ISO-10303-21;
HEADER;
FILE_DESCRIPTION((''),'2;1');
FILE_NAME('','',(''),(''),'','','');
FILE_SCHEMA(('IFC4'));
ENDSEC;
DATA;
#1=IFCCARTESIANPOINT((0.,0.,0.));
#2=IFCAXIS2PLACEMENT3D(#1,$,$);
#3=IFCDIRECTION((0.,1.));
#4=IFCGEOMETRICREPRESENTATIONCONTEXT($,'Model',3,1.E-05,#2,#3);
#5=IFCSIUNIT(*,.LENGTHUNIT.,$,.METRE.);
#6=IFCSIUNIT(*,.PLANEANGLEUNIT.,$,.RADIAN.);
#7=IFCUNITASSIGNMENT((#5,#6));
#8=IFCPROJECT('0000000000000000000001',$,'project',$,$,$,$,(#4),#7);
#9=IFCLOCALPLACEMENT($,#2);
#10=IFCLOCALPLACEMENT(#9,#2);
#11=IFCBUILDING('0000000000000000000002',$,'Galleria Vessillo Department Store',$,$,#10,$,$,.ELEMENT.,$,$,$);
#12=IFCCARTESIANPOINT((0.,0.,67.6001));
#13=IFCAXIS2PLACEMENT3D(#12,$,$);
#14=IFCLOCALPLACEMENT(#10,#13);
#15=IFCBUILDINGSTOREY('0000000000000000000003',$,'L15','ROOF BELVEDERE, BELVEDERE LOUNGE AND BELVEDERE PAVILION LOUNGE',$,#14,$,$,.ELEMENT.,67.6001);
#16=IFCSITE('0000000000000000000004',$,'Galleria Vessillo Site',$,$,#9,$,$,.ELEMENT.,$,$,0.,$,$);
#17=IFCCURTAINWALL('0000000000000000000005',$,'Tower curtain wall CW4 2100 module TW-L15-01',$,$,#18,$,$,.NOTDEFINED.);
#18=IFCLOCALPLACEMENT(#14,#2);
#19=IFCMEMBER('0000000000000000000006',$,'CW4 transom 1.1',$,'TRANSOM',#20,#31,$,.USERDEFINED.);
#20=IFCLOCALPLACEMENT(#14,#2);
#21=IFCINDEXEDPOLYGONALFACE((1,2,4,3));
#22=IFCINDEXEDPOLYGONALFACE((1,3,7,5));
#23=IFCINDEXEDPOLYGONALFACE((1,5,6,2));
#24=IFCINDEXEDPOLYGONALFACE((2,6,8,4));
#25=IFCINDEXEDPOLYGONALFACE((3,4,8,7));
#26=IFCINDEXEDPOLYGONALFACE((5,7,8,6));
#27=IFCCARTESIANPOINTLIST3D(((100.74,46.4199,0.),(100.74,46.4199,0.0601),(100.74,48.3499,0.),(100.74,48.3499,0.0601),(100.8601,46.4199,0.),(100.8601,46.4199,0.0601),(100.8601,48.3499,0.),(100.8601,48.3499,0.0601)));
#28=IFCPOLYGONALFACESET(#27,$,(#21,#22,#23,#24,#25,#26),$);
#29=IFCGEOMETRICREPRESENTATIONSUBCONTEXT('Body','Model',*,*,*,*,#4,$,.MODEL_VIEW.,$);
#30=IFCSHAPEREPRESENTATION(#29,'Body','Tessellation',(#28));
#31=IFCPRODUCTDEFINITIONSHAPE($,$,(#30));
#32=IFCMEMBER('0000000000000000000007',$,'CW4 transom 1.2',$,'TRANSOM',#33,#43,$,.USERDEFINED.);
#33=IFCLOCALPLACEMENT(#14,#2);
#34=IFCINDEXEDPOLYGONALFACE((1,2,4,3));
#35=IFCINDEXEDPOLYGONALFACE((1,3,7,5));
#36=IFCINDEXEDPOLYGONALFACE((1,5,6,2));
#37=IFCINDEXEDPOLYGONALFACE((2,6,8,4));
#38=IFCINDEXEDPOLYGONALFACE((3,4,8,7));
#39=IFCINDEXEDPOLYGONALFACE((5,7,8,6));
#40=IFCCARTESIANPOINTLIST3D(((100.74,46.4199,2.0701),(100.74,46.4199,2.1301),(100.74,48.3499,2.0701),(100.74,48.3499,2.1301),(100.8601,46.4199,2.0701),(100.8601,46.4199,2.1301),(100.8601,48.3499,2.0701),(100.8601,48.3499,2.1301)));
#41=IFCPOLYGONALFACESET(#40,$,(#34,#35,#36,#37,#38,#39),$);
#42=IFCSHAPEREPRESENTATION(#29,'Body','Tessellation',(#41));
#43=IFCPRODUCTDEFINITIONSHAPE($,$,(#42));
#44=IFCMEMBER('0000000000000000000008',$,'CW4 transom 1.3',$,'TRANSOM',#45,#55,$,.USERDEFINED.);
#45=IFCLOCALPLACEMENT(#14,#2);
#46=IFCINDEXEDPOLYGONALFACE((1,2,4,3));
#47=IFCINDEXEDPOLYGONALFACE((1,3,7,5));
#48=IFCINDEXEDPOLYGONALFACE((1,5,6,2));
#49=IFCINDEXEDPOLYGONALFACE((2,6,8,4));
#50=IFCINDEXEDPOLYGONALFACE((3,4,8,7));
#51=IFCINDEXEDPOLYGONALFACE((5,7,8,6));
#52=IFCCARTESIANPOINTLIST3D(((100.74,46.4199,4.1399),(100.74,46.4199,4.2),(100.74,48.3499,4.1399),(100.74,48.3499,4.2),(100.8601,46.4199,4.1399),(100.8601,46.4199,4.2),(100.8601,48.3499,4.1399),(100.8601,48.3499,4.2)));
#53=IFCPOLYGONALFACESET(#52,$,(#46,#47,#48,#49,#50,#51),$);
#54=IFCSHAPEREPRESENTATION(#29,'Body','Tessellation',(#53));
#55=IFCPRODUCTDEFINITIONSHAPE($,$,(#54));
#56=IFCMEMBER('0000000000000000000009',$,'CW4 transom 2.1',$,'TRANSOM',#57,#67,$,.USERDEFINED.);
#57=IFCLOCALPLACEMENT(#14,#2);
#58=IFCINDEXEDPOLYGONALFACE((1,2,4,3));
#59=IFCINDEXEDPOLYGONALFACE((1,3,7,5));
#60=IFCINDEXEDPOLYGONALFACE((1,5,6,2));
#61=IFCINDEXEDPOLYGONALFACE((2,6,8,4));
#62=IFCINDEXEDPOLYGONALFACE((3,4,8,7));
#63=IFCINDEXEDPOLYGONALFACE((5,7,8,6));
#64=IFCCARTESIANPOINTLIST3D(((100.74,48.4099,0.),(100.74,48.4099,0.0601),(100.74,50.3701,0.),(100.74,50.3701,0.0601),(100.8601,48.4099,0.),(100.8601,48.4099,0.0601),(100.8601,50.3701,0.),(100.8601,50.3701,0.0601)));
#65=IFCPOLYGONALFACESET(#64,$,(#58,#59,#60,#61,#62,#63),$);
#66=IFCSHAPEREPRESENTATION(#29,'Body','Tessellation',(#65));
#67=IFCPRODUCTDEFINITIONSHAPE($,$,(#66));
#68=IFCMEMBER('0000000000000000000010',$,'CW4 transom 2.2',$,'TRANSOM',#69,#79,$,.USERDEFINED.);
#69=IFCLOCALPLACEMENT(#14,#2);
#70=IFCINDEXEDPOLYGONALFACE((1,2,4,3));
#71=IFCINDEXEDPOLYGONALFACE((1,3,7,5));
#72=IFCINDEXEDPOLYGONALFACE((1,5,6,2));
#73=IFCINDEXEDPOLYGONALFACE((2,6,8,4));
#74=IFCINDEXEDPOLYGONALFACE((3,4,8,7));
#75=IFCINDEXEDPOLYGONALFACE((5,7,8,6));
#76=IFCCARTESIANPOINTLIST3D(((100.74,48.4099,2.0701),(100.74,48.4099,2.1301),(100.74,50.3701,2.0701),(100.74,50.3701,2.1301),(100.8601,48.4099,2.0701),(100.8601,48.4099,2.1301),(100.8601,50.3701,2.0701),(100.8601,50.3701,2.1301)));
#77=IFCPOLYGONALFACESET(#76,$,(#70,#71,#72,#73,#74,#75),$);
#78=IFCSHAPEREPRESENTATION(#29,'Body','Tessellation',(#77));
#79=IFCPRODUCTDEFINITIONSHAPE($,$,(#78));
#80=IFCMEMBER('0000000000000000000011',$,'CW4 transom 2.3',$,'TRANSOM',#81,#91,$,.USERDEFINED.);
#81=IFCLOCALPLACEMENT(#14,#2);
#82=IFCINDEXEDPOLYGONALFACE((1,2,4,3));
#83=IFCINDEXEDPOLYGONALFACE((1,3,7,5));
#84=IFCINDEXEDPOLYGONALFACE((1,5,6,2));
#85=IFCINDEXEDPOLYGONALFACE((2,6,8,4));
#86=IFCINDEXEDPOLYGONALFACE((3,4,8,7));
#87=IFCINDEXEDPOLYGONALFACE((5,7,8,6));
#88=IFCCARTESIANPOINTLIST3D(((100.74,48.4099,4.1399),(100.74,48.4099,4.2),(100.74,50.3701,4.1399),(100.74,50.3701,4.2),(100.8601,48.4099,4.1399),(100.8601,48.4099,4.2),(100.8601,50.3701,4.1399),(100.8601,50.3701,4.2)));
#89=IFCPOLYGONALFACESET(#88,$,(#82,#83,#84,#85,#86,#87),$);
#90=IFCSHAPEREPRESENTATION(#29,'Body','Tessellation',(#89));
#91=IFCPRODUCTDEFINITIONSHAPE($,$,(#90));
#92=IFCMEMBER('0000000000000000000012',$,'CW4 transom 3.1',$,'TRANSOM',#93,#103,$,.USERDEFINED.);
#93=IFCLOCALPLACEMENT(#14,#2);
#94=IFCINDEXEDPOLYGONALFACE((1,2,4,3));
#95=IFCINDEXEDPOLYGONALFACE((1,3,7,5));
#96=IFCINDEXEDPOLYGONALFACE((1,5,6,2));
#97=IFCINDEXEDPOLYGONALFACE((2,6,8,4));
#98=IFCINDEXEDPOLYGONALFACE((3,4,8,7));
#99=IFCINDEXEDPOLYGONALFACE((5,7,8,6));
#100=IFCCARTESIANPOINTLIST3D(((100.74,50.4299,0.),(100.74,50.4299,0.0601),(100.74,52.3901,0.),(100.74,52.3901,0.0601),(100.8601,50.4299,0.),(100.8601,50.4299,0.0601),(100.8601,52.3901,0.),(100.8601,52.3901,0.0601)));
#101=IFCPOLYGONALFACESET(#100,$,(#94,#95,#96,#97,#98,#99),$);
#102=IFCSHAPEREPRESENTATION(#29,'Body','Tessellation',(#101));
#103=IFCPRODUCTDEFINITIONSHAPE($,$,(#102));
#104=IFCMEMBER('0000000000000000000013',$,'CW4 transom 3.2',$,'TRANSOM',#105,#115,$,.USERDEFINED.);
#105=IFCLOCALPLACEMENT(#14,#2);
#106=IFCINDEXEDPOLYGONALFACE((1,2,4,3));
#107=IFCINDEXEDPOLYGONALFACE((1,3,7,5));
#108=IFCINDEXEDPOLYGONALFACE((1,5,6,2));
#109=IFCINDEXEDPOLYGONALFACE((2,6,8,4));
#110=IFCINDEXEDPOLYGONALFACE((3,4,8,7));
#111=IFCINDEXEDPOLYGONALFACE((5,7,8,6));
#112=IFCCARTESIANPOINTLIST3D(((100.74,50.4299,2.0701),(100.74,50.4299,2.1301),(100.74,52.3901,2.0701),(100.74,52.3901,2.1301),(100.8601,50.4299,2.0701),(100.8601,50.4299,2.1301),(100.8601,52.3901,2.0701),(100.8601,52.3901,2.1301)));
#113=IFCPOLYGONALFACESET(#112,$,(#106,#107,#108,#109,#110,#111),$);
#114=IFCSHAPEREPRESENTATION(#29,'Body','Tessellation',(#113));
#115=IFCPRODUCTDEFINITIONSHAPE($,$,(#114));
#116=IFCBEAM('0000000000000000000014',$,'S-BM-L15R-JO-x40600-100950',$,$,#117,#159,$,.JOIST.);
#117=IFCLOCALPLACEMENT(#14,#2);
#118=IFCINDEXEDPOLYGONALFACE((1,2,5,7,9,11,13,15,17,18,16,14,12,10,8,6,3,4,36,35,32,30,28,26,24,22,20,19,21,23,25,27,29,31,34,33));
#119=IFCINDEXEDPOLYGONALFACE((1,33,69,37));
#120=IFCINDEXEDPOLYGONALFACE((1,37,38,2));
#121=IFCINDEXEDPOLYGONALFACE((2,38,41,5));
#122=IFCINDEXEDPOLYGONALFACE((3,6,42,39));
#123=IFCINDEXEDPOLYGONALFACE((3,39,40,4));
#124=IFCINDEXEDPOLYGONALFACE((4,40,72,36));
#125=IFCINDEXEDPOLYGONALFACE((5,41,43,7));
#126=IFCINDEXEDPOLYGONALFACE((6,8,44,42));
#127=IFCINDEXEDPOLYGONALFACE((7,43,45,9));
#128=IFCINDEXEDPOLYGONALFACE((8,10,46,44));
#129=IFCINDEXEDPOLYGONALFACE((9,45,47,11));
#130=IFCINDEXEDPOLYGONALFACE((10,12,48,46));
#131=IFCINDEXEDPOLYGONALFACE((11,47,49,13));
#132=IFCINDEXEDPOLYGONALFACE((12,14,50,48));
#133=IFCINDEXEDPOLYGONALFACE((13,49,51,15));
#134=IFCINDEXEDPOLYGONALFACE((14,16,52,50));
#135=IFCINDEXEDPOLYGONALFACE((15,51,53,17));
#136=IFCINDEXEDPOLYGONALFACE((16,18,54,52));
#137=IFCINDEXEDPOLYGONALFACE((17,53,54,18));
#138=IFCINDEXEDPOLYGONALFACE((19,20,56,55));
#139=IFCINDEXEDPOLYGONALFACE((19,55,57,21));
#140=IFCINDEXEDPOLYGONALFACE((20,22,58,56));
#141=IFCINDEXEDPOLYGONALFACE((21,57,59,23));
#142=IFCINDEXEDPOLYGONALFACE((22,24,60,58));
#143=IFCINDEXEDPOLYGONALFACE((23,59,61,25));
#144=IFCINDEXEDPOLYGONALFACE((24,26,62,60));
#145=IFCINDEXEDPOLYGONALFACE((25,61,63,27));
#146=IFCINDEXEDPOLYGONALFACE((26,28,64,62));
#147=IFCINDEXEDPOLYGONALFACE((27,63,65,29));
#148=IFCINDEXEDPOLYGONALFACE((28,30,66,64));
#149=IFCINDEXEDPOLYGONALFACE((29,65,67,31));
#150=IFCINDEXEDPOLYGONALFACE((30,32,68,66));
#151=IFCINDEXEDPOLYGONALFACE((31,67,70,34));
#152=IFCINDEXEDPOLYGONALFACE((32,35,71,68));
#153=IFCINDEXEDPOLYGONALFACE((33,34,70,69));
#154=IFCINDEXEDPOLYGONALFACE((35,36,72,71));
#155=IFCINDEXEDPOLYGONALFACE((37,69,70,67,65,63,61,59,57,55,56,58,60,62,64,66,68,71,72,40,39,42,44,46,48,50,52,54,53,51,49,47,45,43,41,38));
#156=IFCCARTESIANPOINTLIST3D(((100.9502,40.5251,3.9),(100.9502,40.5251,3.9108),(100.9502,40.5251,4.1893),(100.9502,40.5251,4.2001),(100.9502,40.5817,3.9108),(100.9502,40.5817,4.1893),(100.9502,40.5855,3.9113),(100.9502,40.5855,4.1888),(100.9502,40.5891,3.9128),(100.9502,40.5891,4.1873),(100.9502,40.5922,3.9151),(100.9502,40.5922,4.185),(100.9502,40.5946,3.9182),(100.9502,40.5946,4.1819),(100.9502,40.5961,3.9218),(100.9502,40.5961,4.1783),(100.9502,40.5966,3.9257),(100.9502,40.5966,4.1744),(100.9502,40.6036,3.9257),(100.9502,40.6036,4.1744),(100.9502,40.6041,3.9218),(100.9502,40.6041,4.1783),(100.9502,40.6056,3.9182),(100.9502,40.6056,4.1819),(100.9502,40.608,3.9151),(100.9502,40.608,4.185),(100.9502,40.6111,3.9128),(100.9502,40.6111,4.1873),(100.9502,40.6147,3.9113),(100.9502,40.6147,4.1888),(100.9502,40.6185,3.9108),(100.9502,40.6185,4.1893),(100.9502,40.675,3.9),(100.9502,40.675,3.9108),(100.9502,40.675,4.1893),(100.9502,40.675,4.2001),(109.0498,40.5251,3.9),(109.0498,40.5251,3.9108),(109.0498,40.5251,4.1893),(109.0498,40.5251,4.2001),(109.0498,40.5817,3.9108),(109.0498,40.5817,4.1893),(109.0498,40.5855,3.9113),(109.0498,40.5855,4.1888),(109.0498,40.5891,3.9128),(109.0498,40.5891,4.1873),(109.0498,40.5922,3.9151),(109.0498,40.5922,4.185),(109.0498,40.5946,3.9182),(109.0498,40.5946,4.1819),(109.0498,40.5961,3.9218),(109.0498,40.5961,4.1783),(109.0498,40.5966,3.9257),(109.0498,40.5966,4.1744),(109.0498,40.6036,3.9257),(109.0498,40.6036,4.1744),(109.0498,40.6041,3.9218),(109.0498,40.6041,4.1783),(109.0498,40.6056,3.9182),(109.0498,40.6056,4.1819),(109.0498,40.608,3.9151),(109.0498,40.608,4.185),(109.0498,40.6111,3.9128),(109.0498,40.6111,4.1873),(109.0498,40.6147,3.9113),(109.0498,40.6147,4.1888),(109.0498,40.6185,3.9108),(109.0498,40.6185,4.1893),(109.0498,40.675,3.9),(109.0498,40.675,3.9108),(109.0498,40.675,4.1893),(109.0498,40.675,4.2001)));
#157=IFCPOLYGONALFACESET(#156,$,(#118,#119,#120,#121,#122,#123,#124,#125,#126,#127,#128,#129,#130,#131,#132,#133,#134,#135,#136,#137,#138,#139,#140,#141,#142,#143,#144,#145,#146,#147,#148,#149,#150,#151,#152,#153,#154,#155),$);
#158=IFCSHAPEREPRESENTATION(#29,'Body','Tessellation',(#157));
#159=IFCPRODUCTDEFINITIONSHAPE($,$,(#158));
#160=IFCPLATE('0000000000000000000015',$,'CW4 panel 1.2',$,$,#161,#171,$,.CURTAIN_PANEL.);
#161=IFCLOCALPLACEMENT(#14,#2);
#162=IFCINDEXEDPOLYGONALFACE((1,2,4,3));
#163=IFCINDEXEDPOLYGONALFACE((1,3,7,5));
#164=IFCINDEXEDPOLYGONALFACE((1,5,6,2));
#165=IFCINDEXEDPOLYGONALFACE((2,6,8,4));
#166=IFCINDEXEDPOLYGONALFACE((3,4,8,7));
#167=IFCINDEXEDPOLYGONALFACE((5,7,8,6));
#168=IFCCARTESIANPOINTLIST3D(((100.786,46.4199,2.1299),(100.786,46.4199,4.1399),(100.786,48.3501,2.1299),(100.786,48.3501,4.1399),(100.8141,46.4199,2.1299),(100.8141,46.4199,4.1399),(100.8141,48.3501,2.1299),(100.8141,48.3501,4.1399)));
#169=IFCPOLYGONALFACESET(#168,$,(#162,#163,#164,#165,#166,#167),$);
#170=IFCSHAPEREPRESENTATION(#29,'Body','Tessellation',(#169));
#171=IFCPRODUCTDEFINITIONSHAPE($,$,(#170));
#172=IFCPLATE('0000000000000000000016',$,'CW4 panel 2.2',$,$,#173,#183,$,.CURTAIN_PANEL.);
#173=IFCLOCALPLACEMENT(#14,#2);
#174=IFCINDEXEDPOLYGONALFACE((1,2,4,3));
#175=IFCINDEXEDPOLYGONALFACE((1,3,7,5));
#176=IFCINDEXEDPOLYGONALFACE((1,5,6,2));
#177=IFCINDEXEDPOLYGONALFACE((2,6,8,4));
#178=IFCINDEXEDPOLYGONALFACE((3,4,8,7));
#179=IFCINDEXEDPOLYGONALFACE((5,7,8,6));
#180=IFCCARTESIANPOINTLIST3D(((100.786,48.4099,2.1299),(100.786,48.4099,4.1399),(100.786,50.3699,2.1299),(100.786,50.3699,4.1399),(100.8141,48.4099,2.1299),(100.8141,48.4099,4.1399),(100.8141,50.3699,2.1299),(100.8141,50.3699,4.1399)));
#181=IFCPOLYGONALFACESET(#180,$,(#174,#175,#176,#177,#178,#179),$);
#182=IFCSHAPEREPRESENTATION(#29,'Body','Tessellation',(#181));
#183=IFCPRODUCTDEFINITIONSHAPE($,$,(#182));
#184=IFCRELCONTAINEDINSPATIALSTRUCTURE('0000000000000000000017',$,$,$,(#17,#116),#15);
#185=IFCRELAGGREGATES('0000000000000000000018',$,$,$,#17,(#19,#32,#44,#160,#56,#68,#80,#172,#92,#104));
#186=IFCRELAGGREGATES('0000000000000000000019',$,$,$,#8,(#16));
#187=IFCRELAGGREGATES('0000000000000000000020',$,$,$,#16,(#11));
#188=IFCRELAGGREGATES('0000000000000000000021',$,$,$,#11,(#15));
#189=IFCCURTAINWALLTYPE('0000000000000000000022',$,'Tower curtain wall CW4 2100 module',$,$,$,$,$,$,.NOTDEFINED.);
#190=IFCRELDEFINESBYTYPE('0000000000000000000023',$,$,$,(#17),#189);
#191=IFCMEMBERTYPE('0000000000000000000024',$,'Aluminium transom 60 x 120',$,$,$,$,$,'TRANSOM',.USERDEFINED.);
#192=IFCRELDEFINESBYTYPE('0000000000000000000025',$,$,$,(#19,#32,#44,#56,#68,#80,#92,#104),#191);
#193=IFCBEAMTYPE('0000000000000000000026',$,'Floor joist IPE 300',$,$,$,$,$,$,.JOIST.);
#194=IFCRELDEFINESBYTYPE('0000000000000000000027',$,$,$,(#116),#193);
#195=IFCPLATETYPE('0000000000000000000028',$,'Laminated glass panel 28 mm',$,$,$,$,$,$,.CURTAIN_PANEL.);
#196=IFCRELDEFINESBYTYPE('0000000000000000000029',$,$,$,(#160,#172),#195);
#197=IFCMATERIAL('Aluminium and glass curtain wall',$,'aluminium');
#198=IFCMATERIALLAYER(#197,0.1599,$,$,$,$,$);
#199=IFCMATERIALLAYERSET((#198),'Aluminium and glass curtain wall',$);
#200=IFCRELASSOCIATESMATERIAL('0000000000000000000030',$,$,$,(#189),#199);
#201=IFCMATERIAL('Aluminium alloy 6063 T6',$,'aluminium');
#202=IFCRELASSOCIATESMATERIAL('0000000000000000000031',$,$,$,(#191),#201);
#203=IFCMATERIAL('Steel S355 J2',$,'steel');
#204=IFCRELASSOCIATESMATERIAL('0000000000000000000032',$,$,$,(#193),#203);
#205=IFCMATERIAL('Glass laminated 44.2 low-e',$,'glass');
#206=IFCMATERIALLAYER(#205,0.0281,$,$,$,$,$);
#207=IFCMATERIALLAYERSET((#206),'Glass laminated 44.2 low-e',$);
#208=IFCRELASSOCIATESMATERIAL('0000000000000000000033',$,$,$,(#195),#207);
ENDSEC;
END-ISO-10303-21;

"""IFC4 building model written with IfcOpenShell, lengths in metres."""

from ifc_helpers import new_model, si_unit, direction, frame, origin, origin_2d, place, context, subcontext, project, spatial, rectangle, i_section, extrude, material, layer, layer_set, material_profile, profile_set, type_object, element, aggregate, save


model = new_model("IFC4")

# Units and contexts
model_context = context("Model", 3, precision=1e-05, world=origin(), true_north=direction((0.0, 1.0)))
body_context = subcontext(model_context, "Body", "Model", "MODEL_VIEW")
ifc_project = project(units=[si_unit("LENGTHUNIT", "METRE"), si_unit("PLANEANGLEUNIT", "RADIAN")], contexts=[model_context])

# Site, building, storey
site_placement = place(None, origin())
site = spatial("IfcSite", under=ifc_project, at=site_placement, Name="Galleria Vessillo Site", CompositionType="ELEMENT", RefElevation=0.0)
building_placement = place(site_placement, origin())
building = spatial("IfcBuilding", under=site, at=building_placement, Name="Galleria Vessillo Department Store", CompositionType="ELEMENT")
storey_placement = place(building_placement, frame((0.0, 0.0, 67.6001)))
storey = spatial("IfcBuildingStorey", under=building, at=storey_placement, Name="L15", Description="ROOF BELVEDERE, BELVEDERE LOUNGE AND BELVEDERE PAVILION LOUNGE", CompositionType="ELEMENT", Elevation=67.6001)

# Curtain wall, members
ifc_material_1 = material(Name="Aluminium and glass curtain wall", Category="aluminium")
ifc_layer_1 = layer(ifc_material_1, 0.1599)
ifc_layer_set_1 = layer_set([ifc_layer_1], Name="Aluminium and glass curtain wall")
curtain_wall_type = type_object("IfcCurtainWallType", Name="Tower curtain wall CW4 2100 module", PredefinedType="NOTDEFINED", material=ifc_layer_set_1)
curtain_wall_placement = place(storey_placement, origin())
curtain_wall = element("IfcCurtainWall", 1, at=curtain_wall_placement, inside=storey, type_object=curtain_wall_type, Name="Tower curtain wall CW4 2100 module TW-L15-01", PredefinedType="NOTDEFINED")
ifc_material_2 = material(Name="Aluminium alloy 6063 T6", Category="aluminium")
ifc_material_profile_1 = material_profile(ifc_material_2, rectangle(XDim=0.1201, YDim=0.0601, at=origin_2d()), Name="AL 60x120")
ifc_profile_set_1 = profile_set([ifc_material_profile_1], Name="Aluminium alloy 6063 T6")
member_type = type_object("IfcMemberType", Name="Aluminium transom 60 x 120", ElementType="TRANSOM", PredefinedType="USERDEFINED", material=ifc_profile_set_1)
member_1_placement = place(storey_placement, frame((100.8, 46.4199, 0.03), z_axis=(0.0, 1.0, 0.0), x_axis=(-1.0, 0.0, 0.0)))
member_1 = element("IfcMember", 2, at=member_1_placement, type_object=member_type, Name="CW4 transom 1.1", ObjectType="TRANSOM", PredefinedType="USERDEFINED", context=body_context, shape_type="SweptSolid", body=[
    extrude(rectangle(XDim=0.1201, YDim=0.0601, at=origin_2d()), origin(), (0.0, 0.0, 1.0), 1.9299),
])
member_2_placement = place(storey_placement, frame((100.8, 46.4199, 2.1001), z_axis=(0.0, 1.0, 0.0), x_axis=(-1.0, 0.0, 0.0)))
member_2 = element("IfcMember", 3, at=member_2_placement, type_object=member_type, Name="CW4 transom 1.2", ObjectType="TRANSOM", PredefinedType="USERDEFINED", context=body_context, shape_type="SweptSolid", body=[
    extrude(rectangle(XDim=0.1201, YDim=0.0601, at=origin_2d()), origin(), (0.0, 0.0, 1.0), 1.9299),
])
member_3_placement = place(storey_placement, frame((100.8, 46.4199, 4.1699), z_axis=(0.0, 1.0, 0.0), x_axis=(-1.0, 0.0, 0.0)))
member_3 = element("IfcMember", 4, at=member_3_placement, type_object=member_type, Name="CW4 transom 1.3", ObjectType="TRANSOM", PredefinedType="USERDEFINED", context=body_context, shape_type="SweptSolid", body=[
    extrude(rectangle(XDim=0.1201, YDim=0.0601, at=origin_2d()), origin(), (0.0, 0.0, 1.0), 1.9299),
])
member_4_placement = place(storey_placement, frame((100.8, 48.4099, 0.03), z_axis=(0.0, 1.0, 0.0), x_axis=(-1.0, 0.0, 0.0)))
member_4 = element("IfcMember", 5, at=member_4_placement, type_object=member_type, Name="CW4 transom 2.1", ObjectType="TRANSOM", PredefinedType="USERDEFINED", context=body_context, shape_type="SweptSolid", body=[
    extrude(rectangle(XDim=0.1201, YDim=0.0601, at=origin_2d()), origin(), (0.0, 0.0, 1.0), 1.9602),
])
member_5_placement = place(storey_placement, frame((100.8, 48.4099, 2.1001), z_axis=(0.0, 1.0, 0.0), x_axis=(-1.0, 0.0, 0.0)))
member_5 = element("IfcMember", 6, at=member_5_placement, type_object=member_type, Name="CW4 transom 2.2", ObjectType="TRANSOM", PredefinedType="USERDEFINED", context=body_context, shape_type="SweptSolid", body=[
    extrude(rectangle(XDim=0.1201, YDim=0.0601, at=origin_2d()), origin(), (0.0, 0.0, 1.0), 1.9602),
])
member_6_placement = place(storey_placement, frame((100.8, 48.4099, 4.1699), z_axis=(0.0, 1.0, 0.0), x_axis=(-1.0, 0.0, 0.0)))
member_6 = element("IfcMember", 7, at=member_6_placement, type_object=member_type, Name="CW4 transom 2.3", ObjectType="TRANSOM", PredefinedType="USERDEFINED", context=body_context, shape_type="SweptSolid", body=[
    extrude(rectangle(XDim=0.1201, YDim=0.0601, at=origin_2d()), origin(), (0.0, 0.0, 1.0), 1.9602),
])
member_7_placement = place(storey_placement, frame((100.8, 50.4299, 0.03), z_axis=(0.0, 1.0, 0.0), x_axis=(-1.0, 0.0, 0.0)))
member_7 = element("IfcMember", 8, at=member_7_placement, type_object=member_type, Name="CW4 transom 3.1", ObjectType="TRANSOM", PredefinedType="USERDEFINED", context=body_context, shape_type="SweptSolid", body=[
    extrude(rectangle(XDim=0.1201, YDim=0.0601, at=origin_2d()), origin(), (0.0, 0.0, 1.0), 1.9602),
])
member_8_placement = place(storey_placement, frame((100.8, 50.4299, 2.1001), z_axis=(0.0, 1.0, 0.0), x_axis=(-1.0, 0.0, 0.0)))
member_8 = element("IfcMember", 9, at=member_8_placement, type_object=member_type, Name="CW4 transom 3.2", ObjectType="TRANSOM", PredefinedType="USERDEFINED", context=body_context, shape_type="SweptSolid", body=[
    extrude(rectangle(XDim=0.1201, YDim=0.0601, at=origin_2d()), origin(), (0.0, 0.0, 1.0), 1.9602),
])

# Beam
ifc_material_3 = material(Name="Steel S355 J2", Category="steel")
ifc_material_profile_2 = material_profile(ifc_material_3, i_section(OverallWidth=0.1499, OverallDepth=0.3, WebThickness=0.0071, FlangeThickness=0.0107, FilletRadius=0.0149, at=origin_2d()), Name="IPE 300")
ifc_profile_set_2 = profile_set([ifc_material_profile_2], Name="Steel S355 J2")
beam_type = type_object("IfcBeamType", Name="Floor joist IPE 300", PredefinedType="JOIST", material=ifc_profile_set_2)
beam_placement = place(storey_placement, frame((100.9502, 40.6001, 4.05), z_axis=(1.0, 0.0, 0.0), x_axis=(0.0, 1.0, 0.0)))
element("IfcBeam", 10, at=beam_placement, inside=storey, type_object=beam_type, Name="S-BM-L15R-JO-x40600-100950", PredefinedType="JOIST", context=body_context, shape_type="SweptSolid", body=[
    extrude(i_section(OverallWidth=0.1499, OverallDepth=0.3, WebThickness=0.0071, FlangeThickness=0.0107, FilletRadius=0.0149, at=origin_2d()), origin(), (0.0, 0.0, 1.0), 8.0996),
])

# Plates
ifc_material_4 = material(Name="Glass laminated 44.2 low-e", Category="glass")
ifc_layer_2 = layer(ifc_material_4, 0.0281)
ifc_layer_set_2 = layer_set([ifc_layer_2], Name="Glass laminated 44.2 low-e")
plate_type_1 = type_object("IfcPlateType", Name="Laminated glass panel 28 mm", PredefinedType="CURTAIN_PANEL", material=ifc_layer_set_2)
plate_1_placement = place(storey_placement, frame((100.8, 47.385, 2.1299), z_axis=(0.0, 0.0, 1.0), x_axis=(0.0, 1.0, 0.0)))
plate_1 = element("IfcPlate", 11, at=plate_1_placement, type_object=plate_type_1, Name="CW4 panel 1.2", PredefinedType="CURTAIN_PANEL", context=body_context, shape_type="SweptSolid", body=[
    extrude(rectangle(XDim=1.9302, YDim=0.0281, at=origin_2d()), origin(), (0.0, 0.0, 1.0), 2.01),
])
plate_2_placement = place(storey_placement, frame((100.8, 49.3899, 2.1299), z_axis=(0.0, 0.0, 1.0), x_axis=(0.0, 1.0, 0.0)))
plate_2 = element("IfcPlate", 12, at=plate_2_placement, type_object=plate_type_1, Name="CW4 panel 2.2", PredefinedType="CURTAIN_PANEL", context=body_context, shape_type="SweptSolid", body=[
    extrude(rectangle(XDim=1.96, YDim=0.0281, at=origin_2d()), origin(), (0.0, 0.0, 1.0), 2.01),
])
aggregate(curtain_wall, [member_1, member_2, member_3, plate_1, member_4, member_5, member_6, plate_2, member_7, member_8])

save(model, "model.ifc")
